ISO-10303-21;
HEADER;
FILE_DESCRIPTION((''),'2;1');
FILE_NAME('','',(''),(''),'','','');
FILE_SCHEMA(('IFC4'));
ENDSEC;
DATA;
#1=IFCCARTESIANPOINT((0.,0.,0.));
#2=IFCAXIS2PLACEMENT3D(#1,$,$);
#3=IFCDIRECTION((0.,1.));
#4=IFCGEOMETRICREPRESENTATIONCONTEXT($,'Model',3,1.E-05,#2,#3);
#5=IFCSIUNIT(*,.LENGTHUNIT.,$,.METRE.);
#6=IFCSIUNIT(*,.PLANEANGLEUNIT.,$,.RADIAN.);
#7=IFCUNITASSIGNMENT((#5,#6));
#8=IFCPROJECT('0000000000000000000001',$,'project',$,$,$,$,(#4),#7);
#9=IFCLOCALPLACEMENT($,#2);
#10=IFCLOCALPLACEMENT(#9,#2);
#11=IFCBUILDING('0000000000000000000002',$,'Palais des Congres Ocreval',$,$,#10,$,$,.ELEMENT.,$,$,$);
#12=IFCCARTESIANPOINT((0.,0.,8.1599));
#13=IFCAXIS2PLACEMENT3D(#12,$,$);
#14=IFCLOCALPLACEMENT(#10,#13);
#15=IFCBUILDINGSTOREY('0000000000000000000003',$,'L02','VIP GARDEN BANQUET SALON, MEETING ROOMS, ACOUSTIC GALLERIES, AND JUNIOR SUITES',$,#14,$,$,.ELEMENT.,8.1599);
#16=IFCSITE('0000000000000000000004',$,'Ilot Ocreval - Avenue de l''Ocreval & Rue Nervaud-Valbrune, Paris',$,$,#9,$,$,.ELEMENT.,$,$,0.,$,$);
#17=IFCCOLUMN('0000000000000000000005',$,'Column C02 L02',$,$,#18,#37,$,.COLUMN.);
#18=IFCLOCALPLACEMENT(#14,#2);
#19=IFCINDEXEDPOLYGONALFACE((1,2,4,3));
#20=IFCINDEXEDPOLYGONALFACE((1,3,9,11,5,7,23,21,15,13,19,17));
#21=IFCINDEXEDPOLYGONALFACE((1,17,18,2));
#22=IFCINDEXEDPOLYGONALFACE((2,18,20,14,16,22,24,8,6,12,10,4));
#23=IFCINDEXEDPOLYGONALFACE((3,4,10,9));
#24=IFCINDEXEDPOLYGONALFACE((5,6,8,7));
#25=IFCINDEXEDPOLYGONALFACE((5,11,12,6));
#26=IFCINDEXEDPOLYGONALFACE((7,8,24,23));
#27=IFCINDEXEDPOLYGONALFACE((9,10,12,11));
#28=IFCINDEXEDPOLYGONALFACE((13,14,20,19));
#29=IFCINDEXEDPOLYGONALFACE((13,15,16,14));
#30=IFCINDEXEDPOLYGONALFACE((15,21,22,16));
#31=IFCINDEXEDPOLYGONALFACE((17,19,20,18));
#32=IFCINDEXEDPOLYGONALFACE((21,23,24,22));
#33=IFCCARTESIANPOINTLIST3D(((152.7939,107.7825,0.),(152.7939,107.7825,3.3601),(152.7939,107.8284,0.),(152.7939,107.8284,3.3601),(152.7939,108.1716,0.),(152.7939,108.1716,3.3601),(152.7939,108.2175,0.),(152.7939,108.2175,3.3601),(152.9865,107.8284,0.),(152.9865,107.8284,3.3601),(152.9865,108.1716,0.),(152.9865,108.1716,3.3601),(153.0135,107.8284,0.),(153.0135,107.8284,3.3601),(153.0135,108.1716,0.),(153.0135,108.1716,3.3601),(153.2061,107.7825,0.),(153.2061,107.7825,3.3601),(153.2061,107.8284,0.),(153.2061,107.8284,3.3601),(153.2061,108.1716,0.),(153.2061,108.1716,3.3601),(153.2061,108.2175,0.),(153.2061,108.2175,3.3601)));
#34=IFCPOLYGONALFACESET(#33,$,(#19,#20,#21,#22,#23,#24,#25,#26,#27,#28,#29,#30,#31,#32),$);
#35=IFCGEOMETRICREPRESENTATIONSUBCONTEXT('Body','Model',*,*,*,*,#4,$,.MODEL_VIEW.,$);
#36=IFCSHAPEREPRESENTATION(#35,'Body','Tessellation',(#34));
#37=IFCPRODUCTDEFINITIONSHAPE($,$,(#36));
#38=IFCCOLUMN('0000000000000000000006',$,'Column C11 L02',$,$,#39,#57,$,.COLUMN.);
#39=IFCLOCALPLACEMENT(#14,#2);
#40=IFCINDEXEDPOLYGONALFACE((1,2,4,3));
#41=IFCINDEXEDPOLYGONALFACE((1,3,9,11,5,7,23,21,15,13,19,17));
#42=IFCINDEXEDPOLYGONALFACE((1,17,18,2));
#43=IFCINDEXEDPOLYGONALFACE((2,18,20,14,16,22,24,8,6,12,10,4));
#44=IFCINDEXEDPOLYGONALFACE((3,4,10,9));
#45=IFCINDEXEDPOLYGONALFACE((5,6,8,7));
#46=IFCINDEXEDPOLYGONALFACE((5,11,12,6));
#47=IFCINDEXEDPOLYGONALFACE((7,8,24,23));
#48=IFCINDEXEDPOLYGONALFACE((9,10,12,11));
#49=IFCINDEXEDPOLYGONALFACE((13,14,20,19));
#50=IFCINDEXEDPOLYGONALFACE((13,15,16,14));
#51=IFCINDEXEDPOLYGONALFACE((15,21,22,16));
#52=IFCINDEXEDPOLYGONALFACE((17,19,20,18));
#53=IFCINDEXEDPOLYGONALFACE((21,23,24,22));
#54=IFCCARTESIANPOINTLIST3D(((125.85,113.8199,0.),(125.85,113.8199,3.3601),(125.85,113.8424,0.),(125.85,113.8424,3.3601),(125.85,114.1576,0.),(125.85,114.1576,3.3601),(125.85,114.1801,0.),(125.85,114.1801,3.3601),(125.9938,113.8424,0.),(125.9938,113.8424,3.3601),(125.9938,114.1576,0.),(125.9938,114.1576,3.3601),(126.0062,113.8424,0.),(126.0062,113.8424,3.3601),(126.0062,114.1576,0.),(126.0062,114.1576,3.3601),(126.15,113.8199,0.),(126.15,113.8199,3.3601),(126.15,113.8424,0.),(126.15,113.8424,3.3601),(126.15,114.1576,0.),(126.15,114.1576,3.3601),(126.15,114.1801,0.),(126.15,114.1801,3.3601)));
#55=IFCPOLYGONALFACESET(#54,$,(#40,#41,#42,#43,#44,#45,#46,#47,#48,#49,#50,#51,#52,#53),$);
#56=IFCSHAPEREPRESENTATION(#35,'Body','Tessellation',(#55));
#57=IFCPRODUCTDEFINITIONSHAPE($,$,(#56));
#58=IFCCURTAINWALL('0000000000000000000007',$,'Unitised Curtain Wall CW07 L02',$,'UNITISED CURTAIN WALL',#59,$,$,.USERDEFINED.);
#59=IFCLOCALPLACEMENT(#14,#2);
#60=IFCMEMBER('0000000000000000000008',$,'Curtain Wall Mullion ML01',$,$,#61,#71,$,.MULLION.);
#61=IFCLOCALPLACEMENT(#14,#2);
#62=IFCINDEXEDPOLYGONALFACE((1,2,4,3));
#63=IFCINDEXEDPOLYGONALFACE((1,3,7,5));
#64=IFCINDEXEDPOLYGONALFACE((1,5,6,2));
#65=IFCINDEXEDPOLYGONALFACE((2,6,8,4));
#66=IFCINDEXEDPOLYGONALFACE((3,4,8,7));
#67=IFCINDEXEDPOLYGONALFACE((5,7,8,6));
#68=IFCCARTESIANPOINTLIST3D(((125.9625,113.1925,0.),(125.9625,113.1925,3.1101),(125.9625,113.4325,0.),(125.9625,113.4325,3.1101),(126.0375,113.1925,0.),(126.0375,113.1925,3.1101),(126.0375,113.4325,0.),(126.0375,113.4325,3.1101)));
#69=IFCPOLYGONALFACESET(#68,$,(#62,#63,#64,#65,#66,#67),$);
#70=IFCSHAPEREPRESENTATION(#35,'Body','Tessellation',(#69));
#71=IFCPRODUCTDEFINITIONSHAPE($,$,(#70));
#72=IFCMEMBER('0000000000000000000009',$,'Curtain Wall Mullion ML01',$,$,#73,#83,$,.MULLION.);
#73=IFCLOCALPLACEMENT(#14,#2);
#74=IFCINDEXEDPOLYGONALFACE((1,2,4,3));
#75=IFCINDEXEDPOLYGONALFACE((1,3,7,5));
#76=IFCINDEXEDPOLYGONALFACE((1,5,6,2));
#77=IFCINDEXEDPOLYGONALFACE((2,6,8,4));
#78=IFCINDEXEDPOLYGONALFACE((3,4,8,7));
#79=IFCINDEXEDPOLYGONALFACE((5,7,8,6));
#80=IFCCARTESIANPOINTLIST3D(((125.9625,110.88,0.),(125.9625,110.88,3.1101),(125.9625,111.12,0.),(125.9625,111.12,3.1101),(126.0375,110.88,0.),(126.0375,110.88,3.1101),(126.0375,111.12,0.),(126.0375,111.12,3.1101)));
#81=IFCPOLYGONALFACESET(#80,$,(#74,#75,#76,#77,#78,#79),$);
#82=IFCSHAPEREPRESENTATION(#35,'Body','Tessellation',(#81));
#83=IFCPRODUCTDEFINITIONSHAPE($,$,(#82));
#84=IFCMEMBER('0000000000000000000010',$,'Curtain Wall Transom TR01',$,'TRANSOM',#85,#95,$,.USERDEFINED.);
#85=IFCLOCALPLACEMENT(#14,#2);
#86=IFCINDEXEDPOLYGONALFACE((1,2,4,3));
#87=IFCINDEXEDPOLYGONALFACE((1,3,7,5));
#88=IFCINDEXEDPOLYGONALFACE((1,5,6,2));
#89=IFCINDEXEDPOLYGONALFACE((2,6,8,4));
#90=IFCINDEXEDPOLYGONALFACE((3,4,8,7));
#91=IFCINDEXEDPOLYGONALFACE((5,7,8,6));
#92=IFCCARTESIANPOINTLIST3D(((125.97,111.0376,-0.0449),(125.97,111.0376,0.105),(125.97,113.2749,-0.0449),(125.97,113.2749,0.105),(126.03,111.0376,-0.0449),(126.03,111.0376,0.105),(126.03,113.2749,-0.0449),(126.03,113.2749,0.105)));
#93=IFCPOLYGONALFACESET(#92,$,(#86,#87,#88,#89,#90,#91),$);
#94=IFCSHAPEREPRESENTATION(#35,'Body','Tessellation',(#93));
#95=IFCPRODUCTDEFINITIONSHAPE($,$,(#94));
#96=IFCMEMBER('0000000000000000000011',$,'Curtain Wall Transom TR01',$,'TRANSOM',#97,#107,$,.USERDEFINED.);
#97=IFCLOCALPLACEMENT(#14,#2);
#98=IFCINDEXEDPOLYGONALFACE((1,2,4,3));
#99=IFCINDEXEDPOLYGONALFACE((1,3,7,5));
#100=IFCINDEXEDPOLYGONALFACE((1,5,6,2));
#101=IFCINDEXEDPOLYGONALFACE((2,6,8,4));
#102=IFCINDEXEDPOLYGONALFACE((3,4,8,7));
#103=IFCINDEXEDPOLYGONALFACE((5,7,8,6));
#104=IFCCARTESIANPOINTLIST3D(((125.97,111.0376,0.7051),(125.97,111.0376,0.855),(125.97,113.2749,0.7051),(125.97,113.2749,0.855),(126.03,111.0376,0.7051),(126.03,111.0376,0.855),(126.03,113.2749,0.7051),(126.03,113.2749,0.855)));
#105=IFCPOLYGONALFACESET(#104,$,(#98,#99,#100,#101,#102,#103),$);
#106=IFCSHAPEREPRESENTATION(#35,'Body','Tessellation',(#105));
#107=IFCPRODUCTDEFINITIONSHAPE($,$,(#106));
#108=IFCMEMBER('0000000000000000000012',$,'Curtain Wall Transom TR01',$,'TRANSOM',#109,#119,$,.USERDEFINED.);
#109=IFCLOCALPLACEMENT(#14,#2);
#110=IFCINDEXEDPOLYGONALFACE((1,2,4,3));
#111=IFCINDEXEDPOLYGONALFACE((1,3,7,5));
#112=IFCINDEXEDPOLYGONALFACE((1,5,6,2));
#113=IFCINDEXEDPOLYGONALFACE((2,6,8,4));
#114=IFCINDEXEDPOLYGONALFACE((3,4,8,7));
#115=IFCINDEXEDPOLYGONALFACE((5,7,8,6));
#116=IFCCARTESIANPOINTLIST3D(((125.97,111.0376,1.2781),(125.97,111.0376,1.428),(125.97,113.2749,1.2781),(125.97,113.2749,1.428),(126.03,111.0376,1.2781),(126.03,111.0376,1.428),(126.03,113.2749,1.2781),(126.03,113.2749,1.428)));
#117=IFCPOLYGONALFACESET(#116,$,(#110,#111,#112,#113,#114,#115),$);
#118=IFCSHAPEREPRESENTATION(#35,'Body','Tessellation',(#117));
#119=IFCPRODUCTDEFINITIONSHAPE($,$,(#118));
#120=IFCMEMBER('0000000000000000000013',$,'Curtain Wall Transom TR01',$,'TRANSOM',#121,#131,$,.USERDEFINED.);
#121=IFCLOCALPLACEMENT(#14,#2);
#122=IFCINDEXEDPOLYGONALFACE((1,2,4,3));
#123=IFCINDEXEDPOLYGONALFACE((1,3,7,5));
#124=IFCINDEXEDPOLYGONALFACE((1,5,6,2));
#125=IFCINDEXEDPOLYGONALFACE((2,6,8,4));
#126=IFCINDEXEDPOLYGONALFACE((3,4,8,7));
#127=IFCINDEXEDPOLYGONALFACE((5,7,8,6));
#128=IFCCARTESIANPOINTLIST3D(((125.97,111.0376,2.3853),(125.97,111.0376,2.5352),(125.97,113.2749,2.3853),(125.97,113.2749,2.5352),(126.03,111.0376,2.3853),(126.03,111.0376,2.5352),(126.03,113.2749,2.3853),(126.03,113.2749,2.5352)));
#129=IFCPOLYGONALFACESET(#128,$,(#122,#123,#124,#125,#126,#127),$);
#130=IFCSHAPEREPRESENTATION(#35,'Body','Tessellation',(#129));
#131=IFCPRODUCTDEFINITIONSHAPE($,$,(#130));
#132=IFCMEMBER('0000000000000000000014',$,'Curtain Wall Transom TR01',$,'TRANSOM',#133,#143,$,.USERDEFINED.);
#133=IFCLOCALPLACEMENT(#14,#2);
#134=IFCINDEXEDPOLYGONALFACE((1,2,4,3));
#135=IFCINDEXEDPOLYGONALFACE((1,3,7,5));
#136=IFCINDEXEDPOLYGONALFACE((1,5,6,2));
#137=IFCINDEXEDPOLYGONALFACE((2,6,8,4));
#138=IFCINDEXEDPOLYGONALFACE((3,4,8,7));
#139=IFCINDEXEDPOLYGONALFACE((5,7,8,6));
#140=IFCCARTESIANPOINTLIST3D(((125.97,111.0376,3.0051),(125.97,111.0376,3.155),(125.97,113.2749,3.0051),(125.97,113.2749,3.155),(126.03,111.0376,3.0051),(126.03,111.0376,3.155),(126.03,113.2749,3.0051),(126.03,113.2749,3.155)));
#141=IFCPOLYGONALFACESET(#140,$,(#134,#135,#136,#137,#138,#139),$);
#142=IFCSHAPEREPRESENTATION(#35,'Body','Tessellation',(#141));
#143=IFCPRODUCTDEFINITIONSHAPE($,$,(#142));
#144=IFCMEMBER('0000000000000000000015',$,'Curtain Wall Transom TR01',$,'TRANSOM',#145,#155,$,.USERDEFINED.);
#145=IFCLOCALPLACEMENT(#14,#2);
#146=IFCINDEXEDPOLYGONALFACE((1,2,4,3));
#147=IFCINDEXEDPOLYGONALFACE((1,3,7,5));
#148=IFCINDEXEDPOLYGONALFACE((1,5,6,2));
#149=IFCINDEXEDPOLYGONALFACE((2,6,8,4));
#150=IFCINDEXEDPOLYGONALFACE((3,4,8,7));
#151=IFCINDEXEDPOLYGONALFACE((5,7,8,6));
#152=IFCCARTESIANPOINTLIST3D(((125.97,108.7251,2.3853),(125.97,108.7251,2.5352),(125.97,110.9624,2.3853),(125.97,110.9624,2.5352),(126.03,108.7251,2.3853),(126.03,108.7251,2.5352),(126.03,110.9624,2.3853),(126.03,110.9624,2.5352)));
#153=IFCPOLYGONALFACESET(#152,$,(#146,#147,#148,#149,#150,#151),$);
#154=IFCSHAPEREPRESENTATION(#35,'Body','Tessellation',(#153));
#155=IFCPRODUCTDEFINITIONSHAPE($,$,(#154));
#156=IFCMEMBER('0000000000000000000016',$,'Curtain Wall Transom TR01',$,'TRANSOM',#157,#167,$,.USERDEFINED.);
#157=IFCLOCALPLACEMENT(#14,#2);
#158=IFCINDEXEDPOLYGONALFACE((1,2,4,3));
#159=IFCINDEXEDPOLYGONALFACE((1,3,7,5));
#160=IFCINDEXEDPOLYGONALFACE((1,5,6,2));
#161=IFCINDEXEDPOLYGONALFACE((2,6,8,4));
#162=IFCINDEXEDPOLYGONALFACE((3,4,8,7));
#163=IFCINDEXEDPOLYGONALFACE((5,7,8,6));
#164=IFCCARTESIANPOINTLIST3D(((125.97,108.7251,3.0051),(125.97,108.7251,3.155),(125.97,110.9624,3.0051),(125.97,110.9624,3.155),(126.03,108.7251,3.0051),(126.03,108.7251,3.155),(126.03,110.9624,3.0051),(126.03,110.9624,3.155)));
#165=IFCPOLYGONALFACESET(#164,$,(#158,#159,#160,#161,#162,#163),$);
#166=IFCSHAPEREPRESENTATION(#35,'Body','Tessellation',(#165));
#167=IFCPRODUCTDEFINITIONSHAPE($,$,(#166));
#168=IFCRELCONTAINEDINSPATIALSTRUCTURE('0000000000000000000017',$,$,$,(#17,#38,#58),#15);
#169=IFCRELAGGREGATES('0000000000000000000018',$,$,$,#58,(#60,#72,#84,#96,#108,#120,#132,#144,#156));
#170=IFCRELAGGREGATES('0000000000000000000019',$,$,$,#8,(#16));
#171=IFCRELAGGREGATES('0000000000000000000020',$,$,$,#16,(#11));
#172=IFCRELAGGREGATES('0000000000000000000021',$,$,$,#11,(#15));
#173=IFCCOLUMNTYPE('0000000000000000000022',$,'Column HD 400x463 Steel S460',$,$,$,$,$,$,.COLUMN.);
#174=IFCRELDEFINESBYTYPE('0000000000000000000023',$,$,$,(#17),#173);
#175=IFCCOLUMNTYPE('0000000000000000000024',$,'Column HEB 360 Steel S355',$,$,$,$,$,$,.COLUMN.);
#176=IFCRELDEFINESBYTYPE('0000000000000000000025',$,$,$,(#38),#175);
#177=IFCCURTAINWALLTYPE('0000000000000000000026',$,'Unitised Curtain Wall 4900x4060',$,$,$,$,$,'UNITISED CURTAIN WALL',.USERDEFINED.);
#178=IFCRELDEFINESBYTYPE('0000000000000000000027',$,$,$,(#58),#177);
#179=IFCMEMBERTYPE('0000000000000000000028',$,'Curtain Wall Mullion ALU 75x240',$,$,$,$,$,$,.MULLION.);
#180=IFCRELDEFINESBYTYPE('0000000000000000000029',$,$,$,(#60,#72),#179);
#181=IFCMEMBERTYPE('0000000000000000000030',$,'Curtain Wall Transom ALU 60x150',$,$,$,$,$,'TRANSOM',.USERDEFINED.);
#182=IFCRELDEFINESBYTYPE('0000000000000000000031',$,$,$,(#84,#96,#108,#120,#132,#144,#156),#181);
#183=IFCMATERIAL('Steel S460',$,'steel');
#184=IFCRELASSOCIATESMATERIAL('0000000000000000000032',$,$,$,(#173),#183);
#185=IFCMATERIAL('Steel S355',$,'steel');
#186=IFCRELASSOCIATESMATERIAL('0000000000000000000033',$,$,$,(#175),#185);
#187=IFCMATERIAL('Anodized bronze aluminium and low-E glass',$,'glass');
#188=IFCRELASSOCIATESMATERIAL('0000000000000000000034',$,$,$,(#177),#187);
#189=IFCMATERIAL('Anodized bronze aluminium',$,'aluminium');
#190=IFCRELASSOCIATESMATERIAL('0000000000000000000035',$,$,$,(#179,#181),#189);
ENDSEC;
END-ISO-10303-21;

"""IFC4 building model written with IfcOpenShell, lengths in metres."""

from ifc_helpers import new_model, si_unit, direction, frame, origin, origin_2d, place, context, subcontext, project, spatial, rectangle, i_section, extrude, material, material_profile, profile_set, type_object, element, aggregate, save


model = new_model("IFC4")

# Units and contexts
model_context = context("Model", 3, precision=1e-05, world=origin(), true_north=direction((0.0, 1.0)))
body_context = subcontext(model_context, "Body", "Model", "MODEL_VIEW")
ifc_project = project(units=[si_unit("LENGTHUNIT", "METRE"), si_unit("PLANEANGLEUNIT", "RADIAN")], contexts=[model_context])

# Site, building, storey
site_placement = place(None, origin())
site = spatial("IfcSite", under=ifc_project, at=site_placement, Name="Ilot Ocreval - Avenue de l'Ocreval & Rue Nervaud-Valbrune, Paris", CompositionType="ELEMENT", RefElevation=0.0)
building_placement = place(site_placement, origin())
building = spatial("IfcBuilding", under=site, at=building_placement, Name="Palais des Congres Ocreval", CompositionType="ELEMENT")
storey_placement = place(building_placement, frame((0.0, 0.0, 8.1599)))
storey = spatial("IfcBuildingStorey", under=building, at=storey_placement, Name="L02", Description="VIP GARDEN BANQUET SALON, MEETING ROOMS, ACOUSTIC GALLERIES, AND JUNIOR SUITES", CompositionType="ELEMENT", Elevation=8.1599)

# Columns
ifc_material_1 = material(Name="Steel S460", Category="steel")
ifc_material_profile_1 = material_profile(ifc_material_1, i_section(OverallWidth=0.4121, OverallDepth=0.4351, WebThickness=0.0271, FlangeThickness=0.0459, at=origin_2d()), Name="HD 400x463")
ifc_profile_set_1 = profile_set([ifc_material_profile_1], Name="Steel S460")
column_type_1 = type_object("IfcColumnType", Name="Column HD 400x463 Steel S460", PredefinedType="COLUMN", material=ifc_profile_set_1)
column_1_placement = place(storey_placement, frame((153.0, 108.0, 0.0), z_axis=(0.0, 0.0, 1.0), x_axis=(1.0, 0.0, 0.0)))
element("IfcColumn", 1, at=column_1_placement, inside=storey, type_object=column_type_1, Name="Column C02 L02", PredefinedType="COLUMN", context=body_context, shape_type="SweptSolid", body=[
    extrude(i_section(OverallWidth=0.4121, OverallDepth=0.4351, WebThickness=0.0271, FlangeThickness=0.0459, at=origin_2d()), origin(), (0.0, 0.0, 1.0), 3.3601),
])
ifc_material_2 = material(Name="Steel S355", Category="steel")
ifc_material_profile_2 = material_profile(ifc_material_2, i_section(OverallWidth=0.3, OverallDepth=0.3601, WebThickness=0.0125, FlangeThickness=0.0225, at=origin_2d()), Name="HEB 360")
ifc_profile_set_2 = profile_set([ifc_material_profile_2], Name="Steel S355")
column_type_2 = type_object("IfcColumnType", Name="Column HEB 360 Steel S355", PredefinedType="COLUMN", material=ifc_profile_set_2)
column_2_placement = place(storey_placement, frame((126.0, 114.0, 0.0), z_axis=(0.0, 0.0, 1.0), x_axis=(1.0, 0.0, 0.0)))
element("IfcColumn", 2, at=column_2_placement, inside=storey, type_object=column_type_2, Name="Column C11 L02", PredefinedType="COLUMN", context=body_context, shape_type="SweptSolid", body=[
    extrude(i_section(OverallWidth=0.3, OverallDepth=0.3601, WebThickness=0.0125, FlangeThickness=0.0225, at=origin_2d()), origin(), (0.0, 0.0, 1.0), 3.3601),
])

# Curtain wall, members
ifc_material_3 = material(Name="Anodized bronze aluminium and low-E glass", Category="glass")
curtain_wall_type = type_object("IfcCurtainWallType", Name="Unitised Curtain Wall 4900x4060", ElementType="UNITISED CURTAIN WALL", PredefinedType="USERDEFINED", material=ifc_material_3)
curtain_wall_placement = place(storey_placement, origin())
curtain_wall = element("IfcCurtainWall", 3, at=curtain_wall_placement, inside=storey, type_object=curtain_wall_type, Name="Unitised Curtain Wall CW07 L02", ObjectType="UNITISED CURTAIN WALL", PredefinedType="USERDEFINED")
ifc_material_4 = material(Name="Anodized bronze aluminium", Category="aluminium")
ifc_material_profile_3 = material_profile(ifc_material_4, rectangle(XDim=0.075, YDim=0.24, at=origin_2d()), Name="ALU 75x240")
ifc_profile_set_3 = profile_set([ifc_material_profile_3], Name="Anodized bronze aluminium")
member_type_1 = type_object("IfcMemberType", Name="Curtain Wall Mullion ALU 75x240", PredefinedType="MULLION", material=ifc_profile_set_3)
member_1_placement = place(storey_placement, frame((126.0, 113.3125, 0.0), z_axis=(0.0, 0.0, 1.0), x_axis=(1.0, 0.0, 0.0)))
member_1 = element("IfcMember", 4, at=member_1_placement, type_object=member_type_1, Name="Curtain Wall Mullion ML01", PredefinedType="MULLION", context=body_context, shape_type="SweptSolid", body=[
    extrude(rectangle(XDim=0.075, YDim=0.24, at=origin_2d()), origin(), (0.0, 0.0, 1.0), 3.1101),
])
member_2_placement = place(storey_placement, frame((126.0, 111.0, 0.0), z_axis=(0.0, 0.0, 1.0), x_axis=(1.0, 0.0, 0.0)))
member_2 = element("IfcMember", 5, at=member_2_placement, type_object=member_type_1, Name="Curtain Wall Mullion ML01", PredefinedType="MULLION", context=body_context, shape_type="SweptSolid", body=[
    extrude(rectangle(XDim=0.075, YDim=0.24, at=origin_2d()), origin(), (0.0, 0.0, 1.0), 3.1101),
])
ifc_material_profile_4 = material_profile(ifc_material_4, rectangle(XDim=0.0601, YDim=0.1499, at=origin_2d()), Name="ALU 60x150")
ifc_profile_set_4 = profile_set([ifc_material_profile_4], Name="Anodized bronze aluminium")
member_type_2 = type_object("IfcMemberType", Name="Curtain Wall Transom ALU 60x150", ElementType="TRANSOM", PredefinedType="USERDEFINED", material=ifc_profile_set_4)
member_3_placement = place(storey_placement, frame((126.0, 113.2749, 0.03), z_axis=(0.0, -1.0, 0.0), x_axis=(1.0, 0.0, 0.0)))
member_3 = element("IfcMember", 6, at=member_3_placement, type_object=member_type_2, Name="Curtain Wall Transom TR01", ObjectType="TRANSOM", PredefinedType="USERDEFINED", context=body_context, shape_type="SweptSolid", body=[
    extrude(rectangle(XDim=0.0601, YDim=0.1499, at=origin_2d()), origin(), (0.0, 0.0, 1.0), 2.2373),
])
member_4_placement = place(storey_placement, frame((126.0, 113.2749, 0.78), z_axis=(0.0, -1.0, 0.0), x_axis=(1.0, 0.0, 0.0)))
member_4 = element("IfcMember", 7, at=member_4_placement, type_object=member_type_2, Name="Curtain Wall Transom TR01", ObjectType="TRANSOM", PredefinedType="USERDEFINED", context=body_context, shape_type="SweptSolid", body=[
    extrude(rectangle(XDim=0.0601, YDim=0.1499, at=origin_2d()), origin(), (0.0, 0.0, 1.0), 2.2373),
])
member_5_placement = place(storey_placement, frame((126.0, 113.2749, 1.353), z_axis=(0.0, -1.0, 0.0), x_axis=(1.0, 0.0, 0.0)))
member_5 = element("IfcMember", 8, at=member_5_placement, type_object=member_type_2, Name="Curtain Wall Transom TR01", ObjectType="TRANSOM", PredefinedType="USERDEFINED", context=body_context, shape_type="SweptSolid", body=[
    extrude(rectangle(XDim=0.0601, YDim=0.1499, at=origin_2d()), origin(), (0.0, 0.0, 1.0), 2.2373),
])
member_6_placement = place(storey_placement, frame((126.0, 113.2749, 2.4602), z_axis=(0.0, -1.0, 0.0), x_axis=(1.0, 0.0, 0.0)))
member_6 = element("IfcMember", 9, at=member_6_placement, type_object=member_type_2, Name="Curtain Wall Transom TR01", ObjectType="TRANSOM", PredefinedType="USERDEFINED", context=body_context, shape_type="SweptSolid", body=[
    extrude(rectangle(XDim=0.0601, YDim=0.1499, at=origin_2d()), origin(), (0.0, 0.0, 1.0), 2.2373),
])
member_7_placement = place(storey_placement, frame((126.0, 113.2749, 3.0801), z_axis=(0.0, -1.0, 0.0), x_axis=(1.0, 0.0, 0.0)))
member_7 = element("IfcMember", 10, at=member_7_placement, type_object=member_type_2, Name="Curtain Wall Transom TR01", ObjectType="TRANSOM", PredefinedType="USERDEFINED", context=body_context, shape_type="SweptSolid", body=[
    extrude(rectangle(XDim=0.0601, YDim=0.1499, at=origin_2d()), origin(), (0.0, 0.0, 1.0), 2.2373),
])
member_8_placement = place(storey_placement, frame((126.0, 110.9624, 2.4602), z_axis=(0.0, -1.0, 0.0), x_axis=(1.0, 0.0, 0.0)))
member_8 = element("IfcMember", 11, at=member_8_placement, type_object=member_type_2, Name="Curtain Wall Transom TR01", ObjectType="TRANSOM", PredefinedType="USERDEFINED", context=body_context, shape_type="SweptSolid", body=[
    extrude(rectangle(XDim=0.0601, YDim=0.1499, at=origin_2d()), origin(), (0.0, 0.0, 1.0), 2.2373),
])
member_9_placement = place(storey_placement, frame((126.0, 110.9624, 3.0801), z_axis=(0.0, -1.0, 0.0), x_axis=(1.0, 0.0, 0.0)))
member_9 = element("IfcMember", 12, at=member_9_placement, type_object=member_type_2, Name="Curtain Wall Transom TR01", ObjectType="TRANSOM", PredefinedType="USERDEFINED", context=body_context, shape_type="SweptSolid", body=[
    extrude(rectangle(XDim=0.0601, YDim=0.1499, at=origin_2d()), origin(), (0.0, 0.0, 1.0), 2.2373),
])

aggregate(curtain_wall, [member_1, member_2, member_3, member_4, member_5, member_6, member_7, member_8, member_9])

save(model, "model.ifc")
